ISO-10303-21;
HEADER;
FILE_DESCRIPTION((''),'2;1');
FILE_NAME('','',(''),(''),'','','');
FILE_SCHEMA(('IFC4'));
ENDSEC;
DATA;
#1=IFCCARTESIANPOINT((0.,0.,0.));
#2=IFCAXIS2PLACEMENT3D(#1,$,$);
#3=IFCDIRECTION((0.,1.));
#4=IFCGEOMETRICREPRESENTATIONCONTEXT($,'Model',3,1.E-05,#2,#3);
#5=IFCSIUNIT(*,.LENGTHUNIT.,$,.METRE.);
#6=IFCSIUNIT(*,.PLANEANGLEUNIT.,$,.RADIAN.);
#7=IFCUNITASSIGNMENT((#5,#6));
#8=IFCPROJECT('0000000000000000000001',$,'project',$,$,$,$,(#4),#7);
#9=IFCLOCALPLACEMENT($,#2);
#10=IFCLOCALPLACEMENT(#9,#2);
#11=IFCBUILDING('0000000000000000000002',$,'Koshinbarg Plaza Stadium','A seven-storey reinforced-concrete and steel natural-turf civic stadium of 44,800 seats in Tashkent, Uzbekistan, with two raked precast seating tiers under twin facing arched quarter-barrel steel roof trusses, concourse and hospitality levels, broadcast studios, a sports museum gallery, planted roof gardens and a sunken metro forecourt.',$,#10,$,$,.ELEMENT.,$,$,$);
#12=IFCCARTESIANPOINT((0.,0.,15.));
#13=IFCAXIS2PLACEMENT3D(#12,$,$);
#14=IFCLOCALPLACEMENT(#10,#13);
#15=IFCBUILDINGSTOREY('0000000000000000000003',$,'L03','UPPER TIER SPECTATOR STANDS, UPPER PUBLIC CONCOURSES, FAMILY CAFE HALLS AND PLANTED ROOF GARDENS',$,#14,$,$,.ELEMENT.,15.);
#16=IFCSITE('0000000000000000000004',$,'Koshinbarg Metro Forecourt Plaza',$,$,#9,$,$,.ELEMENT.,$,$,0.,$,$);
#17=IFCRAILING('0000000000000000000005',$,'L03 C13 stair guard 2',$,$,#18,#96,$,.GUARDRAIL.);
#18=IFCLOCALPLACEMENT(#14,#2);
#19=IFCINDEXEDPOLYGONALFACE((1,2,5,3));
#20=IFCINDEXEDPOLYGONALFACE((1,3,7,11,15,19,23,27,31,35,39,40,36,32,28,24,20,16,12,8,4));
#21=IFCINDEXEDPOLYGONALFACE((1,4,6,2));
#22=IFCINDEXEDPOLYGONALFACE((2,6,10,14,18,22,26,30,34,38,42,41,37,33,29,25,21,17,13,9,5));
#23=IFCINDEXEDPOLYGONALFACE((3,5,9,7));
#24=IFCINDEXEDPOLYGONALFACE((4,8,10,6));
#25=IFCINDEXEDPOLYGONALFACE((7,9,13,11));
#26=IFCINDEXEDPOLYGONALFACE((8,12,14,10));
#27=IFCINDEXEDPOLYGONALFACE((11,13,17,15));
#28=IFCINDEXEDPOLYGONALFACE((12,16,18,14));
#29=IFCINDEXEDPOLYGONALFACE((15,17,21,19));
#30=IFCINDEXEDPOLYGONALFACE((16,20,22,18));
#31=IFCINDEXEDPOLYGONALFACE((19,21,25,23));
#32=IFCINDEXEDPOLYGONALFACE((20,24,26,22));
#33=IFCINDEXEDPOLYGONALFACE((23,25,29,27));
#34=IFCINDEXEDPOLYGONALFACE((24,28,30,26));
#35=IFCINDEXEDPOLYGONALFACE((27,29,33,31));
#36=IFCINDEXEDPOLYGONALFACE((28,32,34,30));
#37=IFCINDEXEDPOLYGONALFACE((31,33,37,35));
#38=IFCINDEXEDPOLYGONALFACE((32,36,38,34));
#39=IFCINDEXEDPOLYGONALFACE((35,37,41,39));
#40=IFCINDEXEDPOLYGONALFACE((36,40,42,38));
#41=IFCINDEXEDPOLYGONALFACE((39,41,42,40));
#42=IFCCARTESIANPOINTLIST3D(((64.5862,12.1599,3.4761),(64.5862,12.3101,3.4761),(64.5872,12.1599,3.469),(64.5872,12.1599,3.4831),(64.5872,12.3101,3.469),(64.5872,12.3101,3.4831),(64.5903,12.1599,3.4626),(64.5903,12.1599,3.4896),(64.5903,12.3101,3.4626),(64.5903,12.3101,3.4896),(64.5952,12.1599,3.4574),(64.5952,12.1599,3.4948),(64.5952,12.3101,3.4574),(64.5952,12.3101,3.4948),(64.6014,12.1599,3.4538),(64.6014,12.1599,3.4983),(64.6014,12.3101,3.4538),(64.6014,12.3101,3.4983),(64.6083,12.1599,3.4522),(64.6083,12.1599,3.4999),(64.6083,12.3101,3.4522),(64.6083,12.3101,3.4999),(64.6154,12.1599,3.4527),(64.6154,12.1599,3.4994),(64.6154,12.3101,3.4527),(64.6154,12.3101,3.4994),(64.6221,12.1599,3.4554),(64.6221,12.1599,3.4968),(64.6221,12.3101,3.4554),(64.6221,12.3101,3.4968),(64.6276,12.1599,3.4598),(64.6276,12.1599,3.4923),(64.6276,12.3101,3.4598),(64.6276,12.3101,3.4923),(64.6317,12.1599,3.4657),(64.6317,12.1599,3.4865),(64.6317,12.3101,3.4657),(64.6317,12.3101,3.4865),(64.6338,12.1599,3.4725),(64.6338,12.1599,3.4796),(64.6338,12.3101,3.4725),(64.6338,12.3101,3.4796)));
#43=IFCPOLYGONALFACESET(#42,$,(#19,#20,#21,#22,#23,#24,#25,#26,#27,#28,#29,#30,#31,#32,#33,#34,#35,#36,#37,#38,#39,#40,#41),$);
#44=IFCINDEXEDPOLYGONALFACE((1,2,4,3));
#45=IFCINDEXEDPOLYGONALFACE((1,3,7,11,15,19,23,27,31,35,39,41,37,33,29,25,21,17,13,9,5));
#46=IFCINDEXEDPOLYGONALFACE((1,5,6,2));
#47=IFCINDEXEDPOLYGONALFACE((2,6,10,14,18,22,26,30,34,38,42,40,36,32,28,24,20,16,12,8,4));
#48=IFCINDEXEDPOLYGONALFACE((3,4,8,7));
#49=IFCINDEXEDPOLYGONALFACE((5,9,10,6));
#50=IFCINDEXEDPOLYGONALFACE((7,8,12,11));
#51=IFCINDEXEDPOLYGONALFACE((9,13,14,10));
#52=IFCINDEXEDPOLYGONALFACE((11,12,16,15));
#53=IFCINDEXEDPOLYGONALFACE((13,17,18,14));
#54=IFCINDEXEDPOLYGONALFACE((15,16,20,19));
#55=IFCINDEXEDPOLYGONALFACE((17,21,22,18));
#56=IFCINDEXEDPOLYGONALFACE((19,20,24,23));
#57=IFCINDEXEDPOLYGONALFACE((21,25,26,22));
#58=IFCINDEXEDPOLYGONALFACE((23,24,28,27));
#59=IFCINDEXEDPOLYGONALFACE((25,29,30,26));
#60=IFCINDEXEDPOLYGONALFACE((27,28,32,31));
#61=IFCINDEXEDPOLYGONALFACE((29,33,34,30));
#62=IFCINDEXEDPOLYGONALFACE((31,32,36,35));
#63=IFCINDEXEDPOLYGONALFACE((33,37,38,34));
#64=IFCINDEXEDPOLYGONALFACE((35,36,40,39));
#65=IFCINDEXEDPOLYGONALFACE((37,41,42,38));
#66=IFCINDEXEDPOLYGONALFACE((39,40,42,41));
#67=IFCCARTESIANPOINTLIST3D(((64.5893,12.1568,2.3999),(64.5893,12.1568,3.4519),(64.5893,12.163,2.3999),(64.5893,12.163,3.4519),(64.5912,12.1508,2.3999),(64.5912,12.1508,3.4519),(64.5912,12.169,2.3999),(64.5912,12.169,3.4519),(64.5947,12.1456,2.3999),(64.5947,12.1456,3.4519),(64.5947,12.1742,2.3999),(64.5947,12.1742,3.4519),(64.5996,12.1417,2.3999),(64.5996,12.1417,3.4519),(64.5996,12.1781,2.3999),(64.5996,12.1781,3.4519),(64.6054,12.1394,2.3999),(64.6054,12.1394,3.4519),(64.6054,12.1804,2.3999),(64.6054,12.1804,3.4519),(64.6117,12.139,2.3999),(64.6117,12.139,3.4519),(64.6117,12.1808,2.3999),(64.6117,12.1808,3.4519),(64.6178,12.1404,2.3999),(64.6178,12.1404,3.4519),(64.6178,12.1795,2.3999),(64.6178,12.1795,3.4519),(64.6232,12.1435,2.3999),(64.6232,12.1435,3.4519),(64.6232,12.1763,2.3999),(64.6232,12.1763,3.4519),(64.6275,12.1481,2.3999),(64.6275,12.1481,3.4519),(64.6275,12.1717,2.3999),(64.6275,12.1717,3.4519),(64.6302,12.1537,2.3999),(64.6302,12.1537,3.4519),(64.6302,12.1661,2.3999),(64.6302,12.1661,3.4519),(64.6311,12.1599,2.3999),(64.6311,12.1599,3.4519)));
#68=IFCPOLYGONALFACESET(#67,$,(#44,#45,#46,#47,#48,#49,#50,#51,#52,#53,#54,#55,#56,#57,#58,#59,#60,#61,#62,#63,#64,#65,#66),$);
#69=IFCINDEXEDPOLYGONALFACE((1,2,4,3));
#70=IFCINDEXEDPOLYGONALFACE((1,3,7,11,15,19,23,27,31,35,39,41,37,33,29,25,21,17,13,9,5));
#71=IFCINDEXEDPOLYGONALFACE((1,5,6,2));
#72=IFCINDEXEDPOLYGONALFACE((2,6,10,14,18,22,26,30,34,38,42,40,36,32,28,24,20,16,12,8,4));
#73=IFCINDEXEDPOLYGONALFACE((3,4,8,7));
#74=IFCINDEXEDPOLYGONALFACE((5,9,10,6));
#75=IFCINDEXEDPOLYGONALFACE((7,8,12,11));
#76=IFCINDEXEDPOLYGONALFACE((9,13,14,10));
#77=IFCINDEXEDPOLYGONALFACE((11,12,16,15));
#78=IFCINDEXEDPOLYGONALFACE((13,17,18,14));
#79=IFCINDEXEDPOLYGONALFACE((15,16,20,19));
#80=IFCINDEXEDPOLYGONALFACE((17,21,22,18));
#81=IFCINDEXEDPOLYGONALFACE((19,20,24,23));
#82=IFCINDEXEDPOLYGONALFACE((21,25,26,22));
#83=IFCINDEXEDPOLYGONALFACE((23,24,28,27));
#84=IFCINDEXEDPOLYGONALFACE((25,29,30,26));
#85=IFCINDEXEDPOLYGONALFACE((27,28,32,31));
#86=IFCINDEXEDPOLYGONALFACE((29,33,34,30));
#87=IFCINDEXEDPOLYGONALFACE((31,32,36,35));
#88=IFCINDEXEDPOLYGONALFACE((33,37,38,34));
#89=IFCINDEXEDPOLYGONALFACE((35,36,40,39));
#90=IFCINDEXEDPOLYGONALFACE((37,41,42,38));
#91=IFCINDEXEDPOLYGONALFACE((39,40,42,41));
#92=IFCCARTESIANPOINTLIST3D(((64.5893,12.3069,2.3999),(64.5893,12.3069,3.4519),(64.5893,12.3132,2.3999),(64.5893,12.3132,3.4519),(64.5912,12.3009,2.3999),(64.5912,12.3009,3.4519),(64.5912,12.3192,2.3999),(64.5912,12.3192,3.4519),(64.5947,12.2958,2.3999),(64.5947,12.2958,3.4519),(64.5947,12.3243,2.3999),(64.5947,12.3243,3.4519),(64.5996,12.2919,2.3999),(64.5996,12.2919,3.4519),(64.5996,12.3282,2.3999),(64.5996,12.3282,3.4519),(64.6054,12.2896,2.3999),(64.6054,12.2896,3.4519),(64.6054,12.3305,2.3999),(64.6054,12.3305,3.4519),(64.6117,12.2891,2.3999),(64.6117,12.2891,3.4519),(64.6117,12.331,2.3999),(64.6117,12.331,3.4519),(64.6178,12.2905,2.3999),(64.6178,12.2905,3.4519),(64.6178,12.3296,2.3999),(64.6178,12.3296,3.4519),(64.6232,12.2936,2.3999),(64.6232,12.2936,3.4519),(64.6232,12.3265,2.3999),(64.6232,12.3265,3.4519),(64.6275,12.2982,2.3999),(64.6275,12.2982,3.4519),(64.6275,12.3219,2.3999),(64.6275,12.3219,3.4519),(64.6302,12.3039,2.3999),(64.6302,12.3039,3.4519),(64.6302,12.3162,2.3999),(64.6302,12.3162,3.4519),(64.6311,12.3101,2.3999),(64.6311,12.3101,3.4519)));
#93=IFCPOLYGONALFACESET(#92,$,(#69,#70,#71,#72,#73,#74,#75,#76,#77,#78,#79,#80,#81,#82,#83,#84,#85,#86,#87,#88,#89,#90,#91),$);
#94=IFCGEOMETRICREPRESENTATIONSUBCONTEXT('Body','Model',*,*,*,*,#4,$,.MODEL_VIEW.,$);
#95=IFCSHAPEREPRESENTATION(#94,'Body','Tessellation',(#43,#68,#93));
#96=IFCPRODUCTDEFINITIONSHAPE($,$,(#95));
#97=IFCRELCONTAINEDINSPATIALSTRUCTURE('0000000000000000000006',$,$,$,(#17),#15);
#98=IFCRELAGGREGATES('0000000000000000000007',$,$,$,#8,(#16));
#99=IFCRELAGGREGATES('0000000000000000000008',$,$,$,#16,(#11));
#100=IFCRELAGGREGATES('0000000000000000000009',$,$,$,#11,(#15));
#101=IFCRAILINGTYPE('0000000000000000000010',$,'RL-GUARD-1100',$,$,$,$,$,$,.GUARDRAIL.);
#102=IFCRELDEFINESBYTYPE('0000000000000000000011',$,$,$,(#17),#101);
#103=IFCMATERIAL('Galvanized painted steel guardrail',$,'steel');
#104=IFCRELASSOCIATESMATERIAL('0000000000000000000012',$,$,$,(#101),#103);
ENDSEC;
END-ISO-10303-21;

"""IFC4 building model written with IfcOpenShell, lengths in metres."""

from ifc_helpers import new_model, si_unit, direction, frame, origin, origin_2d, place, context, subcontext, project, spatial, circle, extrude, material, type_object, element, save


model = new_model("IFC4")

# Units and contexts
model_context = context("Model", 3, precision=1e-05, world=origin(), true_north=direction((0.0, 1.0)))
body_context = subcontext(model_context, "Body", "Model", "MODEL_VIEW")
ifc_project = project(units=[si_unit("LENGTHUNIT", "METRE"), si_unit("PLANEANGLEUNIT", "RADIAN")], contexts=[model_context])

# Site, building, storey
site_placement = place(None, origin())
site = spatial("IfcSite", under=ifc_project, at=site_placement, Name="Koshinbarg Metro Forecourt Plaza", CompositionType="ELEMENT", RefElevation=0.0)
building_placement = place(site_placement, origin())
building = spatial("IfcBuilding", under=site, at=building_placement, Name="Koshinbarg Plaza Stadium", Description="A seven-storey reinforced-concrete and steel natural-turf civic stadium of 44,800 seats in Tashkent, Uzbekistan, with two raked precast seating tiers under twin facing arched quarter-barrel steel roof trusses, concourse and hospitality levels, broadcast studios, a sports museum gallery, planted roof gardens and a sunken metro forecourt.", CompositionType="ELEMENT")
storey_placement = place(building_placement, frame((0.0, 0.0, 15.0)))
storey = spatial("IfcBuildingStorey", under=building, at=storey_placement, Name="L03", Description="UPPER TIER SPECTATOR STANDS, UPPER PUBLIC CONCOURSES, FAMILY CAFE HALLS AND PLANTED ROOF GARDENS", CompositionType="ELEMENT", Elevation=15.0)

# Railing
ifc_material_1 = material(Name="Galvanized painted steel guardrail", Category="steel")
railing_type_1 = type_object("IfcRailingType", Name="RL-GUARD-1100", PredefinedType="GUARDRAIL", material=ifc_material_1)
railing_1_placement = place(storey_placement, frame((64.6101, 12.1599, 2.3999)))
element("IfcRailing", 1, at=railing_1_placement, inside=storey, type_object=railing_type_1, Name="L03 C13 stair guard 2", PredefinedType="GUARDRAIL", context=body_context, shape_type="SweptSolid", body=[
    extrude(circle(Radius=0.0239, at=origin_2d()), frame((0.0, 0.0, 1.0762), z_axis=(0.0, 1.0, 0.0), x_axis=(-1.0, 0.0, 0.0)), (0.0, 0.0, 1.0), 0.1501),
    extrude(circle(Radius=0.021, at=origin_2d()), origin(), (0.0, 0.0, 1.0), 1.052),
    extrude(circle(Radius=0.021, at=origin_2d()), frame((0.0, 0.1501, 0.0)), (0.0, 0.0, 1.0), 1.052),
])

save(model, "model.ifc")
